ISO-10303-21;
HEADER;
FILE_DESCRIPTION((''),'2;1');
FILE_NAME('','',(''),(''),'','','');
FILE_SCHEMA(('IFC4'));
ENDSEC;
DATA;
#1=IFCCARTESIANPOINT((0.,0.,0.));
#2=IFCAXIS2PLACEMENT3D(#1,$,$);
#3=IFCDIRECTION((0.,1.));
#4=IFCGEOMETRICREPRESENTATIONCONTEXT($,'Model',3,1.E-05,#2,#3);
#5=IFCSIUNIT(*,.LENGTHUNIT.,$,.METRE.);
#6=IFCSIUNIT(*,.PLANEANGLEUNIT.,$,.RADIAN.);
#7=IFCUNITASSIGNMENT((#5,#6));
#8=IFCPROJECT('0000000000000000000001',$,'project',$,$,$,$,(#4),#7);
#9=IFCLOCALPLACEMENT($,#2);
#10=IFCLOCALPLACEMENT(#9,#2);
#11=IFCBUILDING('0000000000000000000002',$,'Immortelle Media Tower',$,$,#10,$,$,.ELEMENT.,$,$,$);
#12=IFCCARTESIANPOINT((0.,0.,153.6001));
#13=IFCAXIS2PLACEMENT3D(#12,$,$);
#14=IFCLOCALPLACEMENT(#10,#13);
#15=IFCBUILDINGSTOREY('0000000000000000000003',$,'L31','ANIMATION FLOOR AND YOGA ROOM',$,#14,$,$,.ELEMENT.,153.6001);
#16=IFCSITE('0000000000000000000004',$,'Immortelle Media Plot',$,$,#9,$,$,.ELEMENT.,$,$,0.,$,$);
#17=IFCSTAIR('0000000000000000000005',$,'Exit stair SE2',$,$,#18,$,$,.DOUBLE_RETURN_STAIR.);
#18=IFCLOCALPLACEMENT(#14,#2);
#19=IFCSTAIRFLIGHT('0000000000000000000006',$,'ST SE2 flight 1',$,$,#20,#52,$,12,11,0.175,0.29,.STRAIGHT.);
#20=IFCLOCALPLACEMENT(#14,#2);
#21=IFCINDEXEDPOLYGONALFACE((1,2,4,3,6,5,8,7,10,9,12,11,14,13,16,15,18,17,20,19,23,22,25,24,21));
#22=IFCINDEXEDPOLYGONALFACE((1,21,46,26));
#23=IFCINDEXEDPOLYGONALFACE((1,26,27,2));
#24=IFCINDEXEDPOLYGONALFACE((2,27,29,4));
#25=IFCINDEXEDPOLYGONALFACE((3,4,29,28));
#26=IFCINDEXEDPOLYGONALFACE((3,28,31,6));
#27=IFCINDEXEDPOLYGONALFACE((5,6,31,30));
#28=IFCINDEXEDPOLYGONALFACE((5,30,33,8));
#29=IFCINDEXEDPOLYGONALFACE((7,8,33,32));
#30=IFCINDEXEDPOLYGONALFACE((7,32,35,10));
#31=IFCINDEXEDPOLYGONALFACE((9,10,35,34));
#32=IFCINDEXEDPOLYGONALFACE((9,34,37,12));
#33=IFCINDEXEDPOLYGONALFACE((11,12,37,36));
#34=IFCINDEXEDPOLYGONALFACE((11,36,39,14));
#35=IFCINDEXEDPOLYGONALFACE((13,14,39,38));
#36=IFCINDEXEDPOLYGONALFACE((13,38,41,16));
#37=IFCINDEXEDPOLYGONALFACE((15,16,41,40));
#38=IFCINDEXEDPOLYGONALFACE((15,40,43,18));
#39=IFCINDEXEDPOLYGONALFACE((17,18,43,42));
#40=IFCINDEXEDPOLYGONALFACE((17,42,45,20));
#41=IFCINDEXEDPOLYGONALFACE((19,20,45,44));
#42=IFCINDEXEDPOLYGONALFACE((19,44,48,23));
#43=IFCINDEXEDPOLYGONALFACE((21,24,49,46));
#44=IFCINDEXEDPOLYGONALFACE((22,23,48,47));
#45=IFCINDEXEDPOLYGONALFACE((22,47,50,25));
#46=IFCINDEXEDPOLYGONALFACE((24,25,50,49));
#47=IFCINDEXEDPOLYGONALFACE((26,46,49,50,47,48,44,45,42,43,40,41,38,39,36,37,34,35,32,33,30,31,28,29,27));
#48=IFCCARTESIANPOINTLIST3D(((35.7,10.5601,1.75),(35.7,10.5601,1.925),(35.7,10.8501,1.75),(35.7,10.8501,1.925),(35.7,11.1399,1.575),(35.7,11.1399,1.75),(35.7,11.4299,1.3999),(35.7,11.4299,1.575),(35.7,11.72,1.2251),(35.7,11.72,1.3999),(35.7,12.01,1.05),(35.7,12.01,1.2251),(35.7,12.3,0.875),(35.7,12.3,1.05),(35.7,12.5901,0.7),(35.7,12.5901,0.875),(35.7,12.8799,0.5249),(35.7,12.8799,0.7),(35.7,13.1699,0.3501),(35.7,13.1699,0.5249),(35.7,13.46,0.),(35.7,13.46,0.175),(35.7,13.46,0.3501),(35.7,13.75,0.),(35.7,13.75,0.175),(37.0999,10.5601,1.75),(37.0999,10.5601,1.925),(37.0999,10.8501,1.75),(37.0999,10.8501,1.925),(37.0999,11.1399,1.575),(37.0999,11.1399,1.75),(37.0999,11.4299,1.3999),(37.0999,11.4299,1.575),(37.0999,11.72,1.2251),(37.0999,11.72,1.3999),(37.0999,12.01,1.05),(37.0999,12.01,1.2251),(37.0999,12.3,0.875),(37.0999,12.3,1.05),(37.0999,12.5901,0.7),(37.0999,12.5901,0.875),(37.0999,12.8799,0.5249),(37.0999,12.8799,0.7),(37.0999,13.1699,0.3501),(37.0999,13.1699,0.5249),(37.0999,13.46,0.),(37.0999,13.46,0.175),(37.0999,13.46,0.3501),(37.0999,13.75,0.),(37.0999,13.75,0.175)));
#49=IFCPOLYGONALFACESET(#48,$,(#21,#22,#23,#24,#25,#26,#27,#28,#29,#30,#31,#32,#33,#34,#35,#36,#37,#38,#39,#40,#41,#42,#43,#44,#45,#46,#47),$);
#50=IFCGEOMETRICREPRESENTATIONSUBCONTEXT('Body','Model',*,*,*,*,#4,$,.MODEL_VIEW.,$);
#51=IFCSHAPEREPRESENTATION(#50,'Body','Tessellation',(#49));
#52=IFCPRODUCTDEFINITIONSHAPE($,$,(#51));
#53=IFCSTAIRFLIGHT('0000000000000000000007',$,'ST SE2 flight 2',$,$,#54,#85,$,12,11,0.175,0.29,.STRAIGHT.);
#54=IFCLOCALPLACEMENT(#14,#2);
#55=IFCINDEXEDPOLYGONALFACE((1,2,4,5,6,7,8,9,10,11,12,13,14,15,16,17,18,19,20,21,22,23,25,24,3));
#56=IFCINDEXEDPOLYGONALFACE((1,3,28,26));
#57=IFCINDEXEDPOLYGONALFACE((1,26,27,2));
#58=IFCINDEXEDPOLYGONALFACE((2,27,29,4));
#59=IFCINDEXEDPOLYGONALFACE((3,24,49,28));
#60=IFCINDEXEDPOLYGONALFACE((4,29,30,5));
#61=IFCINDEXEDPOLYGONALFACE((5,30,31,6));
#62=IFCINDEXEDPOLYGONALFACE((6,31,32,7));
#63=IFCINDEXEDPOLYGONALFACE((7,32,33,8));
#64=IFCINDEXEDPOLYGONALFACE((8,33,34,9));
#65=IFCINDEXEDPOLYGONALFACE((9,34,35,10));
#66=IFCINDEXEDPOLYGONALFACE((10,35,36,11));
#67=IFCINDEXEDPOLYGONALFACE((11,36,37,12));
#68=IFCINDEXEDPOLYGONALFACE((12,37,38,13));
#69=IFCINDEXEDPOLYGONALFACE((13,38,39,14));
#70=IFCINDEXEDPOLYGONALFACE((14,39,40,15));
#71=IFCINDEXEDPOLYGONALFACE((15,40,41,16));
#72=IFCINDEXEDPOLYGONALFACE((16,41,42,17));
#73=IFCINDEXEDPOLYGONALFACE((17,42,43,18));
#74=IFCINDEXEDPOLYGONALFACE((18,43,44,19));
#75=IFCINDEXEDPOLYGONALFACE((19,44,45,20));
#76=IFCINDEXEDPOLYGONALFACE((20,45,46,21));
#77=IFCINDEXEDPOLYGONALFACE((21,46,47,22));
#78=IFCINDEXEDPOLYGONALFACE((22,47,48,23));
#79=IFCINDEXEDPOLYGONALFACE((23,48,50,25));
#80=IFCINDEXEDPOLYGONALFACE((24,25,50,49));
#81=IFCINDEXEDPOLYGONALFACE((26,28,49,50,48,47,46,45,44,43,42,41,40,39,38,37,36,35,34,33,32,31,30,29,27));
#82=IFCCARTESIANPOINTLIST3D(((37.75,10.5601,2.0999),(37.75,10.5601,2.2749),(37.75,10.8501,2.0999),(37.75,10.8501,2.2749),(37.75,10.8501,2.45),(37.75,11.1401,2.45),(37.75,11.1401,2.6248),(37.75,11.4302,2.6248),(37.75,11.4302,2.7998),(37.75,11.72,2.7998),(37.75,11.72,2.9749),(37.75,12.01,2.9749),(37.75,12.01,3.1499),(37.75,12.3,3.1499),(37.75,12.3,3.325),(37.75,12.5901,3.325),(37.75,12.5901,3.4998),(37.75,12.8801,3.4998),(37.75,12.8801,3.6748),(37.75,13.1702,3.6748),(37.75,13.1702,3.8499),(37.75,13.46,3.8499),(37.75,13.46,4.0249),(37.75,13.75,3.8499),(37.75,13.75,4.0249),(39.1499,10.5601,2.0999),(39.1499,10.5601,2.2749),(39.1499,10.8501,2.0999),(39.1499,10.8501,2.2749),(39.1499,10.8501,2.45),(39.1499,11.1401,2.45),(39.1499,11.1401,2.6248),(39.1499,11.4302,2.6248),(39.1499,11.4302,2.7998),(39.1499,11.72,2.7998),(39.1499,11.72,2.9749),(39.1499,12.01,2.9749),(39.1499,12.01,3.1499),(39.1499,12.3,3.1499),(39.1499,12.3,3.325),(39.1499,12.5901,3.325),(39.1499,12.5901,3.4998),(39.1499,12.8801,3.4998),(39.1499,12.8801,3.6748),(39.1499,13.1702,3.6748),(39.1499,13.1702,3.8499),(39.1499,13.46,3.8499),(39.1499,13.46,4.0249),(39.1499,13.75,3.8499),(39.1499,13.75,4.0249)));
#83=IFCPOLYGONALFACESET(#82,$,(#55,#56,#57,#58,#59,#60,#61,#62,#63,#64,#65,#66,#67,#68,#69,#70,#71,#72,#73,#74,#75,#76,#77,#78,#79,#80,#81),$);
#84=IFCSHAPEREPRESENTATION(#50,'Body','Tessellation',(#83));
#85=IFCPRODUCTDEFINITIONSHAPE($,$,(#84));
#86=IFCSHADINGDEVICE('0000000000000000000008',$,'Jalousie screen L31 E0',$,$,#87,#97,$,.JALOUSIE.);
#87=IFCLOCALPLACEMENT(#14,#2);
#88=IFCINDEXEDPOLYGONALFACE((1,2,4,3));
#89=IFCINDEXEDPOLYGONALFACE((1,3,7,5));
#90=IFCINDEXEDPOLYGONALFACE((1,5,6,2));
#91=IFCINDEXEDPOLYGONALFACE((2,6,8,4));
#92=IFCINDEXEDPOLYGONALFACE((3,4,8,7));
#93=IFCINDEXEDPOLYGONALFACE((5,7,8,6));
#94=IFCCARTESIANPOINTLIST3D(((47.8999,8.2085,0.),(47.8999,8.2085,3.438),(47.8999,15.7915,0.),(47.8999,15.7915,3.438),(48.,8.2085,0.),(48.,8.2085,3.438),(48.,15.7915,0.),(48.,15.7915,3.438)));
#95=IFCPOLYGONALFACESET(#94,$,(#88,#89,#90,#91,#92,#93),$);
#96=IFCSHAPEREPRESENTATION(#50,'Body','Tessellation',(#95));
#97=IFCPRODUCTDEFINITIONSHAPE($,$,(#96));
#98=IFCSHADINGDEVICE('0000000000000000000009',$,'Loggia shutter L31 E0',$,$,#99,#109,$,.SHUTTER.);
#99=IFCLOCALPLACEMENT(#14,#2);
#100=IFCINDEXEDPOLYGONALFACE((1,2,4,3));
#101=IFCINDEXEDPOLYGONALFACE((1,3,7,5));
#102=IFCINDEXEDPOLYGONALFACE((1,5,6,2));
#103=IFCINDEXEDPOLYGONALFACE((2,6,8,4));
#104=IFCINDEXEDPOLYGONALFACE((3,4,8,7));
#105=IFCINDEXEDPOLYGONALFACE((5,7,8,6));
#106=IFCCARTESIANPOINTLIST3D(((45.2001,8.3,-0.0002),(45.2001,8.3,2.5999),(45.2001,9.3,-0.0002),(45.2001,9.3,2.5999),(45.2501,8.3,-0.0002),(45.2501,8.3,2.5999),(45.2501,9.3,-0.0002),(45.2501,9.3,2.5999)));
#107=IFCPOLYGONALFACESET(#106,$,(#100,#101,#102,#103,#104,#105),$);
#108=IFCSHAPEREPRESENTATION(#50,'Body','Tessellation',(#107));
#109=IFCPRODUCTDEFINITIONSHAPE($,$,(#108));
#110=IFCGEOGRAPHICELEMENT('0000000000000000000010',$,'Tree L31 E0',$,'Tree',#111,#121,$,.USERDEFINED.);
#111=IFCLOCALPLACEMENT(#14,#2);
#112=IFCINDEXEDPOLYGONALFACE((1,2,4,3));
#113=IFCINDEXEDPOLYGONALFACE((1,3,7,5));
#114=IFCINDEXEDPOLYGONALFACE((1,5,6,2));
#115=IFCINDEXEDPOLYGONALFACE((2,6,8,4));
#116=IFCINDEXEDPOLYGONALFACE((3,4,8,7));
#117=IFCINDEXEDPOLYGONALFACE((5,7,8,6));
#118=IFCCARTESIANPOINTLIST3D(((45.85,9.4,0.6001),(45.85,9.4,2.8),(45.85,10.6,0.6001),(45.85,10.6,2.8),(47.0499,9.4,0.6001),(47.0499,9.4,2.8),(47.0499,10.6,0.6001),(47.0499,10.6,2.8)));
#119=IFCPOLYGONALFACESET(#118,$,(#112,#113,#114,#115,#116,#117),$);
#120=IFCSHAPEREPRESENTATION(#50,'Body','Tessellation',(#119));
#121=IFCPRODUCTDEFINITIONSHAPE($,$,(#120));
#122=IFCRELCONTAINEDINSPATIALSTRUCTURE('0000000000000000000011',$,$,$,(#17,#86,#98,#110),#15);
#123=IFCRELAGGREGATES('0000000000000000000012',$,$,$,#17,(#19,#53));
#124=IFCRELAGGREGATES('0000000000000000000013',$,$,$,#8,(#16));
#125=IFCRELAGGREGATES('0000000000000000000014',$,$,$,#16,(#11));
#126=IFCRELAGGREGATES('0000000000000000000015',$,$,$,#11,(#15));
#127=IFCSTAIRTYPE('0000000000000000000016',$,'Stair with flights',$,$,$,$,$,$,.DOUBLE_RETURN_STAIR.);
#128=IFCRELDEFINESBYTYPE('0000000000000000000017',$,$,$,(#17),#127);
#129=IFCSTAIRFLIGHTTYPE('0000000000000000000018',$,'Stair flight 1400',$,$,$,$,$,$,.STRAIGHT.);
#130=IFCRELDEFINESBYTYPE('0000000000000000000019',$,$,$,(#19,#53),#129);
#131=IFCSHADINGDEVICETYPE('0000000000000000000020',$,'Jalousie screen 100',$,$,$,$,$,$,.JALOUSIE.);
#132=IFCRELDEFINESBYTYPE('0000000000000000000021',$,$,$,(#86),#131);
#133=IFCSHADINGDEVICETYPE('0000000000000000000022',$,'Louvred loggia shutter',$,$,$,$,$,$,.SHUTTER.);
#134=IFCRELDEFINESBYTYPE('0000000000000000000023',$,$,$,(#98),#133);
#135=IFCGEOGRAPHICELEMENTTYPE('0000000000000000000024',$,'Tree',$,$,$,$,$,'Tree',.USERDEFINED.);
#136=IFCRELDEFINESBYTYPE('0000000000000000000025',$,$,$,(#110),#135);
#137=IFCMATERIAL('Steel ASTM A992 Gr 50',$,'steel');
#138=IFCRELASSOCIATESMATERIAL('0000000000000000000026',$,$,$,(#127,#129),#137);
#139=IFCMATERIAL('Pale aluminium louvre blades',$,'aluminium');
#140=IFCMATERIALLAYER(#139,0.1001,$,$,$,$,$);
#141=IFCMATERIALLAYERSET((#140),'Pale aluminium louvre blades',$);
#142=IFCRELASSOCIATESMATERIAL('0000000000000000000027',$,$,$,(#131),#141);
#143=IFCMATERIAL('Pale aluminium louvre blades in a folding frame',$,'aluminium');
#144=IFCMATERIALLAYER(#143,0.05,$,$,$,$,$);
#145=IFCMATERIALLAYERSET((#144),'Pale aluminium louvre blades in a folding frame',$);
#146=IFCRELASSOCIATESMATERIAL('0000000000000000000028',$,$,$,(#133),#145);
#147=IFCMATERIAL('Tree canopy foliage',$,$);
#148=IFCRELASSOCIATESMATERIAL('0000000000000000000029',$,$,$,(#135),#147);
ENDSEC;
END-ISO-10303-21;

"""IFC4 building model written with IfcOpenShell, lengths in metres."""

from ifc_helpers import new_model, si_unit, direction, frame, origin, origin_2d, place, context, subcontext, project, spatial, polyline, rectangle, outline, extrude, material, layer, layer_set, type_object, element, aggregate, save


model = new_model("IFC4")

# Units and contexts
model_context = context("Model", 3, precision=1e-05, world=origin(), true_north=direction((0.0, 1.0)))
body_context = subcontext(model_context, "Body", "Model", "MODEL_VIEW")
ifc_project = project(units=[si_unit("LENGTHUNIT", "METRE"), si_unit("PLANEANGLEUNIT", "RADIAN")], contexts=[model_context])

# Site, building, storey
site_placement = place(None, origin())
site = spatial("IfcSite", under=ifc_project, at=site_placement, Name="Immortelle Media Plot", CompositionType="ELEMENT", RefElevation=0.0)
building_placement = place(site_placement, origin())
building = spatial("IfcBuilding", under=site, at=building_placement, Name="Immortelle Media Tower", CompositionType="ELEMENT")
storey_placement = place(building_placement, frame((0.0, 0.0, 153.6001)))
storey = spatial("IfcBuildingStorey", under=building, at=storey_placement, Name="L31", Description="ANIMATION FLOOR AND YOGA ROOM", CompositionType="ELEMENT", Elevation=153.6001)

# Shared definitions
ifc_material_1 = material(Name="Steel ASTM A992 Gr 50", Category="steel")

# Stair, stair flights
stair_type = type_object("IfcStairType", Name="Stair with flights", PredefinedType="DOUBLE_RETURN_STAIR", material=ifc_material_1)
stair_flight_type = type_object("IfcStairFlightType", Name="Stair flight 1400", PredefinedType="STRAIGHT", material=ifc_material_1)
stair_1_placement = place(storey_placement, origin())
stair_1 = element("IfcStair", 1, at=stair_1_placement, inside=storey, type_object=stair_type, Name="Exit stair SE2", PredefinedType="DOUBLE_RETURN_STAIR")
stair_flight_1_placement = place(storey_placement, frame((36.3999, 13.75, 0.0), z_axis=(0.0, 0.0, 1.0), x_axis=(0.0, -1.0, 0.0)))
stair_flight_1 = element("IfcStairFlight", 2, at=stair_flight_1_placement, type_object=stair_flight_type, Name="ST SE2 flight 1", NumberOfRisers=12, NumberOfTreads=11, PredefinedType="STRAIGHT", RiserHeight=0.175, TreadLength=0.29, context=body_context, shape_type="SweptSolid", body=[
    extrude(outline(polyline([(0.0, 0.0), (0.0, 0.175), (0.29, 0.175), (0.29, 0.3501), (0.5801, 0.3501), (0.5801, 0.5249), (0.8701, 0.5249), (0.8701, 0.7), (1.1599, 0.7), (1.1599, 0.875), (1.45, 0.875), (1.45, 1.05), (1.74, 1.05), (1.74, 1.2251), (2.03, 1.2251), (2.03, 1.3999), (2.3201, 1.3999), (2.3201, 1.575), (2.6101, 1.575), (2.6101, 1.75), (2.8999, 1.75), (2.8999, 1.925), (3.1899, 1.925), (3.1899, 2.1001), (3.1899, 1.75), (0.29, 0.0), (0.0, 0.0)])), frame((0.0, 0.7, 0.0), z_axis=(0.0, -1.0, 0.0), x_axis=(1.0, 0.0, 0.0)), (0.0, 0.0, 1.0), 1.3999),
])
stair_flight_2_placement = place(storey_placement, frame((38.45, 10.5601, 2.0999), z_axis=(0.0, 0.0, 1.0), x_axis=(0.0, 1.0, 0.0)))
stair_flight_2 = element("IfcStairFlight", 3, at=stair_flight_2_placement, type_object=stair_flight_type, Name="ST SE2 flight 2", NumberOfRisers=12, NumberOfTreads=11, PredefinedType="STRAIGHT", RiserHeight=0.175, TreadLength=0.29, context=body_context, shape_type="SweptSolid", body=[
    extrude(outline(polyline([(0.0, 0.0), (0.0, 0.175), (0.29, 0.175), (0.29, 0.3501), (0.5801, 0.3501), (0.5801, 0.5249), (0.8701, 0.5249), (0.8701, 0.7), (1.1599, 0.7), (1.1599, 0.875), (1.45, 0.875), (1.45, 1.05), (1.74, 1.05), (1.74, 1.2251), (2.03, 1.2251), (2.03, 1.3999), (2.3201, 1.3999), (2.3201, 1.575), (2.6101, 1.575), (2.6101, 1.75), (2.8999, 1.75), (2.8999, 1.925), (3.1899, 1.925), (3.1899, 2.1001), (3.1899, 1.75), (0.29, 0.0), (0.0, 0.0)])), frame((0.0, 0.7, 0.0), z_axis=(0.0, -1.0, 0.0), x_axis=(1.0, 0.0, 0.0)), (0.0, 0.0, 1.0), 1.3999),
])
aggregate(stair_1, [stair_flight_1, stair_flight_2])

# Shading devices
ifc_material_2 = material(Name="Pale aluminium louvre blades", Category="aluminium")
ifc_layer_1 = layer(ifc_material_2, 0.1001)
ifc_layer_set_1 = layer_set([ifc_layer_1], Name="Pale aluminium louvre blades")
shading_device_type_1 = type_object("IfcShadingDeviceType", Name="Jalousie screen 100", PredefinedType="JALOUSIE", material=ifc_layer_set_1)
shading_device_1_placement = place(storey_placement, frame((47.95, 12.0, 0.0), z_axis=(0.0, 0.0, 1.0), x_axis=(0.0, 1.0, 0.0)))
element("IfcShadingDevice", 4, at=shading_device_1_placement, inside=storey, type_object=shading_device_type_1, Name="Jalousie screen L31 E0", PredefinedType="JALOUSIE", context=body_context, shape_type="SweptSolid", body=[
    extrude(rectangle(XDim=7.583, YDim=0.1001, at=origin_2d()), origin(), (0.0, 0.0, 1.0), 3.438),
])
ifc_material_3 = material(Name="Pale aluminium louvre blades in a folding frame", Category="aluminium")
ifc_layer_2 = layer(ifc_material_3, 0.05)
ifc_layer_set_2 = layer_set([ifc_layer_2], Name="Pale aluminium louvre blades in a folding frame")
shading_device_type_2 = type_object("IfcShadingDeviceType", Name="Louvred loggia shutter", PredefinedType="SHUTTER", material=ifc_layer_set_2)
shading_device_2_placement = place(storey_placement, frame((45.2251, 8.8, -0.0002), z_axis=(0.0, 0.0, 1.0), x_axis=(0.0, 1.0, 0.0)))
element("IfcShadingDevice", 5, at=shading_device_2_placement, inside=storey, type_object=shading_device_type_2, Name="Loggia shutter L31 E0", PredefinedType="SHUTTER", context=body_context, shape_type="SweptSolid", body=[
    extrude(rectangle(XDim=1.0, YDim=0.05, at=origin_2d()), origin(), (0.0, 0.0, 1.0), 2.6001),
])

# Geographic element
ifc_material_4 = material(Name="Tree canopy foliage")
geographic_element_type = type_object("IfcGeographicElementType", Name="Tree", ElementType="Tree", PredefinedType="USERDEFINED", material=ifc_material_4)
geographic_element_placement = place(storey_placement, frame((46.45, 10.0, 0.6001), z_axis=(0.0, 0.0, 1.0), x_axis=(1.0, 0.0, 0.0)))
element("IfcGeographicElement", 6, at=geographic_element_placement, inside=storey, type_object=geographic_element_type, Name="Tree L31 E0", ObjectType="Tree", PredefinedType="USERDEFINED", context=body_context, shape_type="SweptSolid", body=[
    extrude(rectangle(XDim=1.2, YDim=1.2, at=origin_2d()), origin(), (0.0, 0.0, 1.0), 2.2),
])

save(model, "model.ifc")
